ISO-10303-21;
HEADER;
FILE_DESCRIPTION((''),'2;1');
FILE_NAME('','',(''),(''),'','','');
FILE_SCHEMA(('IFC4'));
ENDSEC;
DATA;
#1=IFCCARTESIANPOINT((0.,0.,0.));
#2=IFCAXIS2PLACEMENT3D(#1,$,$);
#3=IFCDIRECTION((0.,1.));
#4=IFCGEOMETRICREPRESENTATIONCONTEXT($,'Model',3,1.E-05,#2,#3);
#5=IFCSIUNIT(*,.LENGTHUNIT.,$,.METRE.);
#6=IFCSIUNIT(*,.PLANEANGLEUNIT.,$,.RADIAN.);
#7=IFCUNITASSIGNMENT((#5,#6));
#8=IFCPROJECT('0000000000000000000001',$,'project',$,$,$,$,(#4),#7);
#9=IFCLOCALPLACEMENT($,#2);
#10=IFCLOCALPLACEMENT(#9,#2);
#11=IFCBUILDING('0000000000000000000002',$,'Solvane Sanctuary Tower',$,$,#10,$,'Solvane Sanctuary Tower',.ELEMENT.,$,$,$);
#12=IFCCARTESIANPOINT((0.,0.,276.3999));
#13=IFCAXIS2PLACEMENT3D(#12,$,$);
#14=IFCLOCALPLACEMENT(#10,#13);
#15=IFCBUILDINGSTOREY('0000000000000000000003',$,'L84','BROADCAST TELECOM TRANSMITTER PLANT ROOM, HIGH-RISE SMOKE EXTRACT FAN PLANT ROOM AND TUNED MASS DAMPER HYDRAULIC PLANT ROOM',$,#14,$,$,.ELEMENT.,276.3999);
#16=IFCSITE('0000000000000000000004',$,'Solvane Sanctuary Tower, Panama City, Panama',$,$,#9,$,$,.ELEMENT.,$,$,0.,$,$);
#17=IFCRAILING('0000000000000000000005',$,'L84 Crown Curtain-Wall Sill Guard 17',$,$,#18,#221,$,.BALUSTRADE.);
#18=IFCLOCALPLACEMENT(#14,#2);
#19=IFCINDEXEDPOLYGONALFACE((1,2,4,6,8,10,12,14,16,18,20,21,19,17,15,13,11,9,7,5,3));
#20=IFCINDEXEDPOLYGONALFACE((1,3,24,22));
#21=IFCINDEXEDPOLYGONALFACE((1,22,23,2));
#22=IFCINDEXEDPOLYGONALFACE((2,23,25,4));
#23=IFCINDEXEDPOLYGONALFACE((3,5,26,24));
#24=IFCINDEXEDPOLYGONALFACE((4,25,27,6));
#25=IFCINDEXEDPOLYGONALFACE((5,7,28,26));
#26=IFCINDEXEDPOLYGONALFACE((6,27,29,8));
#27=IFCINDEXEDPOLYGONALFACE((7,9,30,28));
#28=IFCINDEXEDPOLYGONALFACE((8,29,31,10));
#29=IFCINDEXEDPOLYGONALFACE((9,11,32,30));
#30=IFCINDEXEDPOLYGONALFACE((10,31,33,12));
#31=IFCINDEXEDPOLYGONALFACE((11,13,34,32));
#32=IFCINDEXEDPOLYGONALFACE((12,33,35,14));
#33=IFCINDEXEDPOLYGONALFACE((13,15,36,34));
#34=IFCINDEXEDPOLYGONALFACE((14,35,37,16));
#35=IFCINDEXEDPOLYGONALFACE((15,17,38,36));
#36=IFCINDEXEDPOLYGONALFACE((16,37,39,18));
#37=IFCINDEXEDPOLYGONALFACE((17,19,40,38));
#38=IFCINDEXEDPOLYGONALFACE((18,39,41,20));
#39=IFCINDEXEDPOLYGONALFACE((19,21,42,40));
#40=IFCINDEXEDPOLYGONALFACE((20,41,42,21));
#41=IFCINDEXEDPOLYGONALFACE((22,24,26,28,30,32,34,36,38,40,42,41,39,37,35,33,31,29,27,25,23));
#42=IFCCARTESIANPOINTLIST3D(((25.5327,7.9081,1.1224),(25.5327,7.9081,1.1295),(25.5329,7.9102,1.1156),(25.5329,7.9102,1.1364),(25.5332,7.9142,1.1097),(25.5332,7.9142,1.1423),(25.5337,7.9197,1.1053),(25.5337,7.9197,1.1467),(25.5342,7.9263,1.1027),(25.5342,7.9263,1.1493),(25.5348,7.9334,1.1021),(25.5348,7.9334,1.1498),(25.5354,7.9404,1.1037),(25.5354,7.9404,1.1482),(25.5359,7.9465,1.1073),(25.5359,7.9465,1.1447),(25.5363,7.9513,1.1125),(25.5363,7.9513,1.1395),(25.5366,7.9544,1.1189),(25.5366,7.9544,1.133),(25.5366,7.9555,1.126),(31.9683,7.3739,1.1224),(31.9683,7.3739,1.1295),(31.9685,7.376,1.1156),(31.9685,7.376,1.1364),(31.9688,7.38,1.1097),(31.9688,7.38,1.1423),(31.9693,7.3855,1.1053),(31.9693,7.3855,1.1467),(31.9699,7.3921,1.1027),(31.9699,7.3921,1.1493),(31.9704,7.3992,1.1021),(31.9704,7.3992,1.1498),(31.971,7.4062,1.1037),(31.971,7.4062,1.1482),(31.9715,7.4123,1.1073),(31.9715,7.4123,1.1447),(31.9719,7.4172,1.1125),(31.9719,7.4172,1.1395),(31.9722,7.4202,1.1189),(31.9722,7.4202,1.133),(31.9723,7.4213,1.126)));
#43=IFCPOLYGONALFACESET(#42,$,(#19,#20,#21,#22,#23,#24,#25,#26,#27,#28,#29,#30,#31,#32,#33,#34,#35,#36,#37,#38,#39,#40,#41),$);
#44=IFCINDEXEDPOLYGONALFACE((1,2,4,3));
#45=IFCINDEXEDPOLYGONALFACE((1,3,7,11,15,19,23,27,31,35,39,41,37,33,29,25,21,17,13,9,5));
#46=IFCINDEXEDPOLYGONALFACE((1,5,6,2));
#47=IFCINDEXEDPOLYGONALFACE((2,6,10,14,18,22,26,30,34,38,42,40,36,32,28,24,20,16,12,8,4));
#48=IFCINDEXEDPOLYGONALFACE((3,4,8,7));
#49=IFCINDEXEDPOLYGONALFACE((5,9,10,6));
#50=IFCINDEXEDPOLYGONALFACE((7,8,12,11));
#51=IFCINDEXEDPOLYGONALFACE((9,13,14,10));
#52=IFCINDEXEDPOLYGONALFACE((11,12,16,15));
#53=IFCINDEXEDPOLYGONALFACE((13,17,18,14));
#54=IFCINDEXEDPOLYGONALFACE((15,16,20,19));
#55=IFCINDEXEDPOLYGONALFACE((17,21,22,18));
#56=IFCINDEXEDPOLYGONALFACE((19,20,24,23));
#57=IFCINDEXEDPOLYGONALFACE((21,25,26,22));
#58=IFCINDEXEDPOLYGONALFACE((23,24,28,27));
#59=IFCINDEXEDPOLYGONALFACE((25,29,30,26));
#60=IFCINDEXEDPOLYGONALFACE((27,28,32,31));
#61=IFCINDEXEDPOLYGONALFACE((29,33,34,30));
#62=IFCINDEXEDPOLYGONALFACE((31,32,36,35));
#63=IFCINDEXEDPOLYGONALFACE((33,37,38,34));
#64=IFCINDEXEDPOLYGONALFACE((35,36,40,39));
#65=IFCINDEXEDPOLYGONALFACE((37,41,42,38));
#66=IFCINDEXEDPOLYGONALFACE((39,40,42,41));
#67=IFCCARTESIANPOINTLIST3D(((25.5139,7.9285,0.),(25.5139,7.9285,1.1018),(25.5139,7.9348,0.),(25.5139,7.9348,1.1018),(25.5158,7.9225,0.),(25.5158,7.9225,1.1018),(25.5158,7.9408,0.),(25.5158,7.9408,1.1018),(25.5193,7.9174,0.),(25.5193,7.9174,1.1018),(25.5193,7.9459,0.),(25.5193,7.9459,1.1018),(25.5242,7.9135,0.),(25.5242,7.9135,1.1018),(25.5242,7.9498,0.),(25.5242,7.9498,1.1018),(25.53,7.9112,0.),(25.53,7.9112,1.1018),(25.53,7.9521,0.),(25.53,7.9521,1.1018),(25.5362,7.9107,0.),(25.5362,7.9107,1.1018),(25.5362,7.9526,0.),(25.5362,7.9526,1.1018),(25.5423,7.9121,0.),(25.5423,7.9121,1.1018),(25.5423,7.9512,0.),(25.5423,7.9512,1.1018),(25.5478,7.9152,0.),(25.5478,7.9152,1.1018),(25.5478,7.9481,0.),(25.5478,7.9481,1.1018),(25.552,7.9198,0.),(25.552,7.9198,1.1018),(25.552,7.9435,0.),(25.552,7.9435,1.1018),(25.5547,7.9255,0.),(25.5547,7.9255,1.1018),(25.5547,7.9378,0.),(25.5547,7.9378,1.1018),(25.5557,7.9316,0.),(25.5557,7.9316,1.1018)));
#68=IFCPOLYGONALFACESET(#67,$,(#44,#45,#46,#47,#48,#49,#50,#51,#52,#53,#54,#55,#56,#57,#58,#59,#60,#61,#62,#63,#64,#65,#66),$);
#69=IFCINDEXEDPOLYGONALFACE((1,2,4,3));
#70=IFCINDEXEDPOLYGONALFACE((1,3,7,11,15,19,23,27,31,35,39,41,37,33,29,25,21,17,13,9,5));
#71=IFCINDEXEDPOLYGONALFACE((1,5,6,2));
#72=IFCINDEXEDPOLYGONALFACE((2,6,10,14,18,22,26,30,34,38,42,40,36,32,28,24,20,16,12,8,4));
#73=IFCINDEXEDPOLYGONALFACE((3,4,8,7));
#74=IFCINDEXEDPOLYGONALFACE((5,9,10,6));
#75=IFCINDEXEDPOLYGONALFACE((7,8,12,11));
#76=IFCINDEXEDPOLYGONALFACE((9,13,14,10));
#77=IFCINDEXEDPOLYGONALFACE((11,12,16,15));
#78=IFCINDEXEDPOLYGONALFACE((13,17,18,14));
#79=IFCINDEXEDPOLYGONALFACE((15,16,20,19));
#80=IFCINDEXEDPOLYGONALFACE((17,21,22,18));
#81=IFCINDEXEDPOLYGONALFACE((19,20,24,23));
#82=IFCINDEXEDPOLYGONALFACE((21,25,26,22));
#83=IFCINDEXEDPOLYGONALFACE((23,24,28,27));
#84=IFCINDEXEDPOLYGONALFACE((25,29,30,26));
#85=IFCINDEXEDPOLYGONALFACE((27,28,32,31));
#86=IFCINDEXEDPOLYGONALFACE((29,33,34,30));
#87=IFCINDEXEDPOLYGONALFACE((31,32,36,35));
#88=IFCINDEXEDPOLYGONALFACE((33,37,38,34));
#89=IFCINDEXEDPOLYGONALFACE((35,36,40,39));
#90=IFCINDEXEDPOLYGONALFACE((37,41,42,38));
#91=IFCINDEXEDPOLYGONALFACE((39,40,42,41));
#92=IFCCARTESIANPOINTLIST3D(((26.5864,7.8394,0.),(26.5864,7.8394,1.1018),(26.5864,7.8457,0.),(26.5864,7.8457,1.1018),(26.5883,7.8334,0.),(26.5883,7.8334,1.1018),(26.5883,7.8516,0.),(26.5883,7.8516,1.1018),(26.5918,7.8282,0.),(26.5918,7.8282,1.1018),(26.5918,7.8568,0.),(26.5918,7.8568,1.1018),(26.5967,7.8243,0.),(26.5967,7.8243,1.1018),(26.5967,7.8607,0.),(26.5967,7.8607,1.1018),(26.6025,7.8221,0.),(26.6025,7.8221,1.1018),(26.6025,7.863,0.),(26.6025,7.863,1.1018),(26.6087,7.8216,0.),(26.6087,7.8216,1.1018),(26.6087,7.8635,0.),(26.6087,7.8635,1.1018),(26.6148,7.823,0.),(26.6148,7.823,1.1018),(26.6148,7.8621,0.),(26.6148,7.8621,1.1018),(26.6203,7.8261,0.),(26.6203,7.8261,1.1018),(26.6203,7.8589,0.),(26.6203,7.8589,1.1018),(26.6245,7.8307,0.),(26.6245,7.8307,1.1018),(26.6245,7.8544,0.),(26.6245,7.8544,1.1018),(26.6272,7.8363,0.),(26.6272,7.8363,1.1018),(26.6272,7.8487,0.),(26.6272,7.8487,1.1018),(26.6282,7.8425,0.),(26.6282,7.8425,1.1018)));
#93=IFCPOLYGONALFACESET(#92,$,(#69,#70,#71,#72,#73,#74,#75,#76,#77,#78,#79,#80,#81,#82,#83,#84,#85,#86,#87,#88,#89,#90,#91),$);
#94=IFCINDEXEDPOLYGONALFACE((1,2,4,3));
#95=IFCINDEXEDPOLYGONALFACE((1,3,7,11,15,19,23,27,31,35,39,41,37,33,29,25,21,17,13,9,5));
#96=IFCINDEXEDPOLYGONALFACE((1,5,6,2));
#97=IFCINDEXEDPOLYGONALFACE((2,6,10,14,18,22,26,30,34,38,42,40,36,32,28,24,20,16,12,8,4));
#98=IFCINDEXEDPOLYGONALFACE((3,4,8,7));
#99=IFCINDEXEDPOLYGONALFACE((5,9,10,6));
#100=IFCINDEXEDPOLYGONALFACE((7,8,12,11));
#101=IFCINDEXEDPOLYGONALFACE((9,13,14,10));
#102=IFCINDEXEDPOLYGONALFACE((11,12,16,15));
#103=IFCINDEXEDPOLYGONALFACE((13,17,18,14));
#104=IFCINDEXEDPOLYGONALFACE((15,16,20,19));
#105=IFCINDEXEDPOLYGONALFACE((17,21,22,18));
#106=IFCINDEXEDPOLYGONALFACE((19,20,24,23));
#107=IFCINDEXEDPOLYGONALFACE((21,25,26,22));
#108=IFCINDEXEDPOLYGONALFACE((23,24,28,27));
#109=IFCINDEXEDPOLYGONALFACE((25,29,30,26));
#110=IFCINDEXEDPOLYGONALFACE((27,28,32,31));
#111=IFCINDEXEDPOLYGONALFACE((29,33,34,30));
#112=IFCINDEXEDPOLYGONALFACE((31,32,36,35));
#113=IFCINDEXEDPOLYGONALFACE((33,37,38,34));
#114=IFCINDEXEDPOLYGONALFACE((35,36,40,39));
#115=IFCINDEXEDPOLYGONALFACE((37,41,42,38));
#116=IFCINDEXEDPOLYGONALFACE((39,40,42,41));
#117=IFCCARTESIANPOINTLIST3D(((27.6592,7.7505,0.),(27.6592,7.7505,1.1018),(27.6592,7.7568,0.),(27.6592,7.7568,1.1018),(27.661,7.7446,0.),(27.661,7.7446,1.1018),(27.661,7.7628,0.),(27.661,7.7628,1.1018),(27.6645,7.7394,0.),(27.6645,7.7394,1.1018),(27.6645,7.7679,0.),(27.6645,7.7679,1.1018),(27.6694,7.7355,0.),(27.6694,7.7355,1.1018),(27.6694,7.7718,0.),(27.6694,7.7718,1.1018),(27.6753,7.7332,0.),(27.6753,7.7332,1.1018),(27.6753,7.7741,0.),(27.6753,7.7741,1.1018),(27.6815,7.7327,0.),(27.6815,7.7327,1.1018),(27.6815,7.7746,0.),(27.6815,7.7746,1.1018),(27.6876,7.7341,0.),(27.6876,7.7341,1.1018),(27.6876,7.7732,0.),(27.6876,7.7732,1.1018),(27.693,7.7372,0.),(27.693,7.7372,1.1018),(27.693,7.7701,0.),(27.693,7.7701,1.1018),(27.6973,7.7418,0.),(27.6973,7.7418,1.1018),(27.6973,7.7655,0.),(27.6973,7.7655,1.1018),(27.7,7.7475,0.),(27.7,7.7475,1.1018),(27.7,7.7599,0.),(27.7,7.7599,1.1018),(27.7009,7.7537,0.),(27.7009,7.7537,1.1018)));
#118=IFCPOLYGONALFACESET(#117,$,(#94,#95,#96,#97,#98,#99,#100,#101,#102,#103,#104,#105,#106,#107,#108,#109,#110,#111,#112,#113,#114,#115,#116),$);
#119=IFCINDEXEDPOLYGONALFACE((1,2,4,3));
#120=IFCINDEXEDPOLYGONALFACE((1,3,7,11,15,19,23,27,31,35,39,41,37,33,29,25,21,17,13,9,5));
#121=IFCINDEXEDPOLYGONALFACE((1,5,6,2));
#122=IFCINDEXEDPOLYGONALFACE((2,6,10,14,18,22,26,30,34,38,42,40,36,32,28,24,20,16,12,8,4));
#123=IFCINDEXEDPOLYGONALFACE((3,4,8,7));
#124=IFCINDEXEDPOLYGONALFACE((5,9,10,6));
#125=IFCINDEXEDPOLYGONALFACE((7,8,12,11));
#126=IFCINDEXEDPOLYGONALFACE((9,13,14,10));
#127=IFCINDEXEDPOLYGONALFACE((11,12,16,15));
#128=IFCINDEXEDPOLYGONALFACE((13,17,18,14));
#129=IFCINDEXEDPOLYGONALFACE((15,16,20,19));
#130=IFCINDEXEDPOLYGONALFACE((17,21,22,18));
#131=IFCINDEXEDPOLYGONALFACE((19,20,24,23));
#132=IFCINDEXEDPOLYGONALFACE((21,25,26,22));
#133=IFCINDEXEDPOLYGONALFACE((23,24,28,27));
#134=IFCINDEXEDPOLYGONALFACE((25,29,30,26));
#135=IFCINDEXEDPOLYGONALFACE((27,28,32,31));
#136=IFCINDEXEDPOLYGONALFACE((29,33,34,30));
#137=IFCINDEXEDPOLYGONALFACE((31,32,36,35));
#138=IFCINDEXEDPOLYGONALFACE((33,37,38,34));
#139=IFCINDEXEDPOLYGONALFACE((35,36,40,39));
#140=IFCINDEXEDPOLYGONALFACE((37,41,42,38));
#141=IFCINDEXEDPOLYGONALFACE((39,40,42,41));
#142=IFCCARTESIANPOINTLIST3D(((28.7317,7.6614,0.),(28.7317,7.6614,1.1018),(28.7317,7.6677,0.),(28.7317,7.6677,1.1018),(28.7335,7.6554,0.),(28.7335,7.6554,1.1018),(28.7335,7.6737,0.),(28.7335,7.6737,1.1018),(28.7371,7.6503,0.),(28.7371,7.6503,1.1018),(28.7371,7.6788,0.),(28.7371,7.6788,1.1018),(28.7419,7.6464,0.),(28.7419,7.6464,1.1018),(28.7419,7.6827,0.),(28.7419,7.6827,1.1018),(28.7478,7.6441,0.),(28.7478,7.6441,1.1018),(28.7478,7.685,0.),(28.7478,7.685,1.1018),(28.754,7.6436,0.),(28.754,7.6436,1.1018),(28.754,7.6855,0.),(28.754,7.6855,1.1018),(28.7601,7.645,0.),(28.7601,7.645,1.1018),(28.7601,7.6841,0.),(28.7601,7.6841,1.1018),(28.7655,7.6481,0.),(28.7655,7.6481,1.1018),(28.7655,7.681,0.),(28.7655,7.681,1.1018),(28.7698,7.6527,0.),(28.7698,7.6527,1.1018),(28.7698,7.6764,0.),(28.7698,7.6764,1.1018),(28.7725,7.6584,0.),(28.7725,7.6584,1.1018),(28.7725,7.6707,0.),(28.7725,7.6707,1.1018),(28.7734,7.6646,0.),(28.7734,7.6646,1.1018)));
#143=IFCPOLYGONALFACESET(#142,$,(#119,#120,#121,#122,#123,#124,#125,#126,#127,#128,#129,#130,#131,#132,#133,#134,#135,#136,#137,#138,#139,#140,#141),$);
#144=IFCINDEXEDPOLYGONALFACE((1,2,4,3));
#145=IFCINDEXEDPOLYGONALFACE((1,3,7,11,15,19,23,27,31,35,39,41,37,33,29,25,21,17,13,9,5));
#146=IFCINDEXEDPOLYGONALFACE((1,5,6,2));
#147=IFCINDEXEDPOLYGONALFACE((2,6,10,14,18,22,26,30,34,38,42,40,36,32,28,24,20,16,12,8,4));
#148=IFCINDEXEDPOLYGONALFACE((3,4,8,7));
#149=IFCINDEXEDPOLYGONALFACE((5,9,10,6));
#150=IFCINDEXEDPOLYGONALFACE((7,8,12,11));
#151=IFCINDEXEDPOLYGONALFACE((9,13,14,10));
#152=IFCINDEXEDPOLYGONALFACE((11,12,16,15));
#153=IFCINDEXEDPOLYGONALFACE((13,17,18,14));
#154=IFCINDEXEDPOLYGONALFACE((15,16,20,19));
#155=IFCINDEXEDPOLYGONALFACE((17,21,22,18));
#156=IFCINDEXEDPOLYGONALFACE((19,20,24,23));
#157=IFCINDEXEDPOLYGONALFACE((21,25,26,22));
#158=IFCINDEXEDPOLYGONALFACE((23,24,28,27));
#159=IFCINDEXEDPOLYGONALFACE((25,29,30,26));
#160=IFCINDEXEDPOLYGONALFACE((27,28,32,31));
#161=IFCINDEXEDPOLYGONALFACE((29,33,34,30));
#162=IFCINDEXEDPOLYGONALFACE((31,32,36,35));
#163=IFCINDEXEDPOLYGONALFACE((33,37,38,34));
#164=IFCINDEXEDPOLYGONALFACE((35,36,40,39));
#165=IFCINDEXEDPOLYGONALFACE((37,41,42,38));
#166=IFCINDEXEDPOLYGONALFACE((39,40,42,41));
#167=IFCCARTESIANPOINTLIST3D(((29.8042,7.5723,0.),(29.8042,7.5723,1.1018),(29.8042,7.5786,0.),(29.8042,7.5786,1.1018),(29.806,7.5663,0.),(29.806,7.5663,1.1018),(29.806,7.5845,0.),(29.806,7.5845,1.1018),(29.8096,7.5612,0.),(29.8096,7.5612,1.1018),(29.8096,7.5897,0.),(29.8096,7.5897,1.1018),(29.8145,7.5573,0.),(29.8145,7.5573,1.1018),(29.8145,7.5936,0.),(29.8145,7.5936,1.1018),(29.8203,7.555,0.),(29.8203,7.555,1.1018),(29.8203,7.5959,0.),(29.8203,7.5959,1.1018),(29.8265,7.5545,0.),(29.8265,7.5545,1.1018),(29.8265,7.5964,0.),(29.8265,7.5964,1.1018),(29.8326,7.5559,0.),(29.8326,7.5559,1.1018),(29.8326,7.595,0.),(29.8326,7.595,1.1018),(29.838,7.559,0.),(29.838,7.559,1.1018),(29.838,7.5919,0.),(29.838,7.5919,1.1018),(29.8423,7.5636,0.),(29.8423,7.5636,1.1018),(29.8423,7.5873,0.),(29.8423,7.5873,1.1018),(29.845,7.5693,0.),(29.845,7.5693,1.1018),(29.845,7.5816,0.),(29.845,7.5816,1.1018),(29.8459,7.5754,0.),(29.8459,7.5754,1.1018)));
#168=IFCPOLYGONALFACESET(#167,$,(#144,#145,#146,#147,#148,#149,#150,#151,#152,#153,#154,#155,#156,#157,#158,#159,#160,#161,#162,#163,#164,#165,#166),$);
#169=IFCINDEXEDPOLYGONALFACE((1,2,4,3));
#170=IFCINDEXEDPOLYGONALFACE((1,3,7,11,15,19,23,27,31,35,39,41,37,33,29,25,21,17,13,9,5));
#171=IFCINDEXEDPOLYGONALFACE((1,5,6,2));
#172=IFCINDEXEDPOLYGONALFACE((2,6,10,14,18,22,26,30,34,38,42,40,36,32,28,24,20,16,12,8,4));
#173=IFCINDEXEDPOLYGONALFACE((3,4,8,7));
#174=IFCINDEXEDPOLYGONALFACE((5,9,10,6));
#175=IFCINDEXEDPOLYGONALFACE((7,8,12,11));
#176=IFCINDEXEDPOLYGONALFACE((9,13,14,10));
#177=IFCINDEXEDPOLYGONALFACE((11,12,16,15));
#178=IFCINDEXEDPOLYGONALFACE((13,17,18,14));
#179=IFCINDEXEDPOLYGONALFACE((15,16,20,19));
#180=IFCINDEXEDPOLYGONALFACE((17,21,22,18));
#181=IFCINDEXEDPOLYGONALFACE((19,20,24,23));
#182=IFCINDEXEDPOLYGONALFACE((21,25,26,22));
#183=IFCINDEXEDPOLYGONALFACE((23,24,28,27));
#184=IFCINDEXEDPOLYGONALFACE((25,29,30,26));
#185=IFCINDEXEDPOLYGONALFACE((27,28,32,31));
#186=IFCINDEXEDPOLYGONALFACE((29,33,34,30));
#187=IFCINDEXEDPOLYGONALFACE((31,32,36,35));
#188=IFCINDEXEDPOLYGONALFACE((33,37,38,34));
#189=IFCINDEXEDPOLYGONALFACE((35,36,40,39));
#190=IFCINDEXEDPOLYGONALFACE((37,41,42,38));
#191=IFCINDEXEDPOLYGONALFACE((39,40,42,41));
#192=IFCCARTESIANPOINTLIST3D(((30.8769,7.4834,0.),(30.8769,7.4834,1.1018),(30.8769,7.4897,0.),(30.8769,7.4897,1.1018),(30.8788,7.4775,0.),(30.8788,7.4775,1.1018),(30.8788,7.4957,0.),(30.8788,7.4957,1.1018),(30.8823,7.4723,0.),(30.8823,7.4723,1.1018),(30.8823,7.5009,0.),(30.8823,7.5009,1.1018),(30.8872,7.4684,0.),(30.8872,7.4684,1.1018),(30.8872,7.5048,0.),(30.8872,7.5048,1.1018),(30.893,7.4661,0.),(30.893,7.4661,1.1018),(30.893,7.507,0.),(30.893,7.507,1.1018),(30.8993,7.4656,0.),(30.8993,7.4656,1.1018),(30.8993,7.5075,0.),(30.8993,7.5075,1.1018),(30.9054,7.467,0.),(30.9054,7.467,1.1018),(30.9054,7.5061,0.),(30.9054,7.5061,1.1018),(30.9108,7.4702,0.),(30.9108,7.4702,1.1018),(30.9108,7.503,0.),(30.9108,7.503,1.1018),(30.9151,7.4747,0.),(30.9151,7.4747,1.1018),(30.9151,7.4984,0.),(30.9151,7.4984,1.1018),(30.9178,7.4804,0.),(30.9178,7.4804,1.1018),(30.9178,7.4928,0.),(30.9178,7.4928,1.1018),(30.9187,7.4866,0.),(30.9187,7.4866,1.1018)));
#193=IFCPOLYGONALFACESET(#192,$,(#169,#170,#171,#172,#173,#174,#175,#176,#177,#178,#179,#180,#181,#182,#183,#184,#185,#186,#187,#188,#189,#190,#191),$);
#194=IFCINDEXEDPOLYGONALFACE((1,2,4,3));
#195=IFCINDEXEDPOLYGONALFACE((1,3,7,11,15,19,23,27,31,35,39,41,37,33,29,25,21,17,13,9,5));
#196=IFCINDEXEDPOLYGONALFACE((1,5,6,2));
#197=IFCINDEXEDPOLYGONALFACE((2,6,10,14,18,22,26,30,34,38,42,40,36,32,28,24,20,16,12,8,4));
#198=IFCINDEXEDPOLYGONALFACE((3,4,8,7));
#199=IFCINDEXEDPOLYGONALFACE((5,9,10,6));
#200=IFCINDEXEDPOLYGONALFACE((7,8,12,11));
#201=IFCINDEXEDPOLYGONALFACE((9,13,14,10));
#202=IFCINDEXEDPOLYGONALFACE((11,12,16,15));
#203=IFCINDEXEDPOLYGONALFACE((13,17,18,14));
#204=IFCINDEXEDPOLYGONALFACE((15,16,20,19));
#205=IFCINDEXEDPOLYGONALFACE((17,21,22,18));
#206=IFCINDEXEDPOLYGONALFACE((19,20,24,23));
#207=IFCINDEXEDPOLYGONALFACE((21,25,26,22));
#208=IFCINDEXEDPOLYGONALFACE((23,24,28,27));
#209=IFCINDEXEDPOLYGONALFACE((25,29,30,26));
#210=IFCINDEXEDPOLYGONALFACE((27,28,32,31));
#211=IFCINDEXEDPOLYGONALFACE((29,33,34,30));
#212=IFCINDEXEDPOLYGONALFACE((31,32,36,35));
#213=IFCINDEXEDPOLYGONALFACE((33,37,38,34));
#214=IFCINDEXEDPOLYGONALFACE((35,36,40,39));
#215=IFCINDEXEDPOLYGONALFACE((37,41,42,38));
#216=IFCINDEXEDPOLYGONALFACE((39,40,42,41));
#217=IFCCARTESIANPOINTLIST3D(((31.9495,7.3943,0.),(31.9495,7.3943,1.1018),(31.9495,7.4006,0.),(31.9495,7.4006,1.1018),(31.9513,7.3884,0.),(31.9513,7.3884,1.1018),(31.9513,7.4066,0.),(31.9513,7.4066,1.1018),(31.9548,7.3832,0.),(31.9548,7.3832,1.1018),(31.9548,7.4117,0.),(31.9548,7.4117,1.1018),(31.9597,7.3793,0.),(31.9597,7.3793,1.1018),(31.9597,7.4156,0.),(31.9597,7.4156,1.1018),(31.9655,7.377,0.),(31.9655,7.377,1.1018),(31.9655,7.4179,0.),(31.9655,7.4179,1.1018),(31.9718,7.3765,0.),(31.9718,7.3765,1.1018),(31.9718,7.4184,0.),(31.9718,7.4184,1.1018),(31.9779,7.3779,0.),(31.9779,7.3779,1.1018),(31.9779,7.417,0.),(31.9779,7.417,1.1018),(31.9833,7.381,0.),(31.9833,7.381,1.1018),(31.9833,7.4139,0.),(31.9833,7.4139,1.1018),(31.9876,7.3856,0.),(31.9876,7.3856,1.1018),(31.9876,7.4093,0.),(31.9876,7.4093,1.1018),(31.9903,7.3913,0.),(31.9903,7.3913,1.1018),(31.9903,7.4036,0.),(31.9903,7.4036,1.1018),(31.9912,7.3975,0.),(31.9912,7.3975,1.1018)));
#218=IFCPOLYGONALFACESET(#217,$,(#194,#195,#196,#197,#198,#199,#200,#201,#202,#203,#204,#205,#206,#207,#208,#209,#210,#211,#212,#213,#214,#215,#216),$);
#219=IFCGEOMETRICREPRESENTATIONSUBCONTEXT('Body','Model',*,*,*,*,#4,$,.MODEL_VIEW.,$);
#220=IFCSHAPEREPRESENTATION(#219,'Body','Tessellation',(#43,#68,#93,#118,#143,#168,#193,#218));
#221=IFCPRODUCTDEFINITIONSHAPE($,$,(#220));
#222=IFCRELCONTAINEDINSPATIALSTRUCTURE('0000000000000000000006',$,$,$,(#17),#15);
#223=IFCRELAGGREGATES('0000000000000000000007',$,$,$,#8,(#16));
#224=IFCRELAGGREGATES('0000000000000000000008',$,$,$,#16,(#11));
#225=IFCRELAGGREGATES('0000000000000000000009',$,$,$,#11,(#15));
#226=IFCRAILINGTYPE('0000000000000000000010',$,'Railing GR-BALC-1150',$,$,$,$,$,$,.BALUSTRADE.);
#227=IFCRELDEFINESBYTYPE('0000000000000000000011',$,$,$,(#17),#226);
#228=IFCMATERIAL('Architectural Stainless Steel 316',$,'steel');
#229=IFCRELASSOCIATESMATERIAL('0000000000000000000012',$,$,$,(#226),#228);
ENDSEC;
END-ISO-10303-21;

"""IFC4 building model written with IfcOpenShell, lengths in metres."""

from ifc_helpers import new_model, si_unit, direction, frame, origin, origin_2d, place, context, subcontext, project, spatial, circle, extrude, material, type_object, element, save


model = new_model("IFC4")

# Units and contexts
model_context = context("Model", 3, precision=1e-05, world=origin(), true_north=direction((0.0, 1.0)))
body_context = subcontext(model_context, "Body", "Model", "MODEL_VIEW")
ifc_project = project(units=[si_unit("LENGTHUNIT", "METRE"), si_unit("PLANEANGLEUNIT", "RADIAN")], contexts=[model_context])

# Site, building, storey
site_placement = place(None, origin())
site = spatial("IfcSite", under=ifc_project, at=site_placement, Name="Solvane Sanctuary Tower, Panama City, Panama", CompositionType="ELEMENT", RefElevation=0.0)
building_placement = place(site_placement, origin())
building = spatial("IfcBuilding", under=site, at=building_placement, Name="Solvane Sanctuary Tower", LongName="Solvane Sanctuary Tower", CompositionType="ELEMENT")
storey_placement = place(building_placement, frame((0.0, 0.0, 276.3999)))
storey = spatial("IfcBuildingStorey", under=building, at=storey_placement, Name="L84", Description="BROADCAST TELECOM TRANSMITTER PLANT ROOM, HIGH-RISE SMOKE EXTRACT FAN PLANT ROOM AND TUNED MASS DAMPER HYDRAULIC PLANT ROOM", CompositionType="ELEMENT", Elevation=276.3999)

# Shared definitions
ifc_material_1 = material(Name="Architectural Stainless Steel 316", Category="steel")

# Railing
railing_type = type_object("IfcRailingType", Name="Railing GR-BALC-1150", PredefinedType="BALUSTRADE", material=ifc_material_1)
railing_placement = place(storey_placement, frame((25.5347, 7.9316, 0.0)))
element("IfcRailing", 1, at=railing_placement, inside=storey, type_object=railing_type, Name="L84 Crown Curtain-Wall Sill Guard 17", PredefinedType="BALUSTRADE", context=body_context, shape_type="SweptSolid", body=[
    extrude(circle(Radius=0.0239, at=origin_2d()), frame((0.0, 0.0, 1.126), z_axis=(0.996573, -0.08272, 0.0), x_axis=(0.08272, 0.996573, 0.0)), (0.0, 0.0, 1.0), 6.4578),
    extrude(circle(Radius=0.021, at=origin_2d()), origin(), (0.0, 0.0, 1.0), 1.1018),
    extrude(circle(Radius=0.021, at=origin_2d()), frame((1.0725, -0.0891, 0.0)), (0.0, 0.0, 1.0), 1.1018),
    extrude(circle(Radius=0.021, at=origin_2d()), frame((2.1453, -0.178, 0.0)), (0.0, 0.0, 1.0), 1.1018),
    extrude(circle(Radius=0.021, at=origin_2d()), frame((3.2178, -0.2671, 0.0)), (0.0, 0.0, 1.0), 1.1018),
    extrude(circle(Radius=0.021, at=origin_2d()), frame((4.2903, -0.3562, 0.0)), (0.0, 0.0, 1.0), 1.1018),
    extrude(circle(Radius=0.021, at=origin_2d()), frame((5.363, -0.4451, 0.0)), (0.0, 0.0, 1.0), 1.1018),
    extrude(circle(Radius=0.021, at=origin_2d()), frame((6.4355, -0.5342, 0.0)), (0.0, 0.0, 1.0), 1.1018),
])

save(model, "model.ifc")
